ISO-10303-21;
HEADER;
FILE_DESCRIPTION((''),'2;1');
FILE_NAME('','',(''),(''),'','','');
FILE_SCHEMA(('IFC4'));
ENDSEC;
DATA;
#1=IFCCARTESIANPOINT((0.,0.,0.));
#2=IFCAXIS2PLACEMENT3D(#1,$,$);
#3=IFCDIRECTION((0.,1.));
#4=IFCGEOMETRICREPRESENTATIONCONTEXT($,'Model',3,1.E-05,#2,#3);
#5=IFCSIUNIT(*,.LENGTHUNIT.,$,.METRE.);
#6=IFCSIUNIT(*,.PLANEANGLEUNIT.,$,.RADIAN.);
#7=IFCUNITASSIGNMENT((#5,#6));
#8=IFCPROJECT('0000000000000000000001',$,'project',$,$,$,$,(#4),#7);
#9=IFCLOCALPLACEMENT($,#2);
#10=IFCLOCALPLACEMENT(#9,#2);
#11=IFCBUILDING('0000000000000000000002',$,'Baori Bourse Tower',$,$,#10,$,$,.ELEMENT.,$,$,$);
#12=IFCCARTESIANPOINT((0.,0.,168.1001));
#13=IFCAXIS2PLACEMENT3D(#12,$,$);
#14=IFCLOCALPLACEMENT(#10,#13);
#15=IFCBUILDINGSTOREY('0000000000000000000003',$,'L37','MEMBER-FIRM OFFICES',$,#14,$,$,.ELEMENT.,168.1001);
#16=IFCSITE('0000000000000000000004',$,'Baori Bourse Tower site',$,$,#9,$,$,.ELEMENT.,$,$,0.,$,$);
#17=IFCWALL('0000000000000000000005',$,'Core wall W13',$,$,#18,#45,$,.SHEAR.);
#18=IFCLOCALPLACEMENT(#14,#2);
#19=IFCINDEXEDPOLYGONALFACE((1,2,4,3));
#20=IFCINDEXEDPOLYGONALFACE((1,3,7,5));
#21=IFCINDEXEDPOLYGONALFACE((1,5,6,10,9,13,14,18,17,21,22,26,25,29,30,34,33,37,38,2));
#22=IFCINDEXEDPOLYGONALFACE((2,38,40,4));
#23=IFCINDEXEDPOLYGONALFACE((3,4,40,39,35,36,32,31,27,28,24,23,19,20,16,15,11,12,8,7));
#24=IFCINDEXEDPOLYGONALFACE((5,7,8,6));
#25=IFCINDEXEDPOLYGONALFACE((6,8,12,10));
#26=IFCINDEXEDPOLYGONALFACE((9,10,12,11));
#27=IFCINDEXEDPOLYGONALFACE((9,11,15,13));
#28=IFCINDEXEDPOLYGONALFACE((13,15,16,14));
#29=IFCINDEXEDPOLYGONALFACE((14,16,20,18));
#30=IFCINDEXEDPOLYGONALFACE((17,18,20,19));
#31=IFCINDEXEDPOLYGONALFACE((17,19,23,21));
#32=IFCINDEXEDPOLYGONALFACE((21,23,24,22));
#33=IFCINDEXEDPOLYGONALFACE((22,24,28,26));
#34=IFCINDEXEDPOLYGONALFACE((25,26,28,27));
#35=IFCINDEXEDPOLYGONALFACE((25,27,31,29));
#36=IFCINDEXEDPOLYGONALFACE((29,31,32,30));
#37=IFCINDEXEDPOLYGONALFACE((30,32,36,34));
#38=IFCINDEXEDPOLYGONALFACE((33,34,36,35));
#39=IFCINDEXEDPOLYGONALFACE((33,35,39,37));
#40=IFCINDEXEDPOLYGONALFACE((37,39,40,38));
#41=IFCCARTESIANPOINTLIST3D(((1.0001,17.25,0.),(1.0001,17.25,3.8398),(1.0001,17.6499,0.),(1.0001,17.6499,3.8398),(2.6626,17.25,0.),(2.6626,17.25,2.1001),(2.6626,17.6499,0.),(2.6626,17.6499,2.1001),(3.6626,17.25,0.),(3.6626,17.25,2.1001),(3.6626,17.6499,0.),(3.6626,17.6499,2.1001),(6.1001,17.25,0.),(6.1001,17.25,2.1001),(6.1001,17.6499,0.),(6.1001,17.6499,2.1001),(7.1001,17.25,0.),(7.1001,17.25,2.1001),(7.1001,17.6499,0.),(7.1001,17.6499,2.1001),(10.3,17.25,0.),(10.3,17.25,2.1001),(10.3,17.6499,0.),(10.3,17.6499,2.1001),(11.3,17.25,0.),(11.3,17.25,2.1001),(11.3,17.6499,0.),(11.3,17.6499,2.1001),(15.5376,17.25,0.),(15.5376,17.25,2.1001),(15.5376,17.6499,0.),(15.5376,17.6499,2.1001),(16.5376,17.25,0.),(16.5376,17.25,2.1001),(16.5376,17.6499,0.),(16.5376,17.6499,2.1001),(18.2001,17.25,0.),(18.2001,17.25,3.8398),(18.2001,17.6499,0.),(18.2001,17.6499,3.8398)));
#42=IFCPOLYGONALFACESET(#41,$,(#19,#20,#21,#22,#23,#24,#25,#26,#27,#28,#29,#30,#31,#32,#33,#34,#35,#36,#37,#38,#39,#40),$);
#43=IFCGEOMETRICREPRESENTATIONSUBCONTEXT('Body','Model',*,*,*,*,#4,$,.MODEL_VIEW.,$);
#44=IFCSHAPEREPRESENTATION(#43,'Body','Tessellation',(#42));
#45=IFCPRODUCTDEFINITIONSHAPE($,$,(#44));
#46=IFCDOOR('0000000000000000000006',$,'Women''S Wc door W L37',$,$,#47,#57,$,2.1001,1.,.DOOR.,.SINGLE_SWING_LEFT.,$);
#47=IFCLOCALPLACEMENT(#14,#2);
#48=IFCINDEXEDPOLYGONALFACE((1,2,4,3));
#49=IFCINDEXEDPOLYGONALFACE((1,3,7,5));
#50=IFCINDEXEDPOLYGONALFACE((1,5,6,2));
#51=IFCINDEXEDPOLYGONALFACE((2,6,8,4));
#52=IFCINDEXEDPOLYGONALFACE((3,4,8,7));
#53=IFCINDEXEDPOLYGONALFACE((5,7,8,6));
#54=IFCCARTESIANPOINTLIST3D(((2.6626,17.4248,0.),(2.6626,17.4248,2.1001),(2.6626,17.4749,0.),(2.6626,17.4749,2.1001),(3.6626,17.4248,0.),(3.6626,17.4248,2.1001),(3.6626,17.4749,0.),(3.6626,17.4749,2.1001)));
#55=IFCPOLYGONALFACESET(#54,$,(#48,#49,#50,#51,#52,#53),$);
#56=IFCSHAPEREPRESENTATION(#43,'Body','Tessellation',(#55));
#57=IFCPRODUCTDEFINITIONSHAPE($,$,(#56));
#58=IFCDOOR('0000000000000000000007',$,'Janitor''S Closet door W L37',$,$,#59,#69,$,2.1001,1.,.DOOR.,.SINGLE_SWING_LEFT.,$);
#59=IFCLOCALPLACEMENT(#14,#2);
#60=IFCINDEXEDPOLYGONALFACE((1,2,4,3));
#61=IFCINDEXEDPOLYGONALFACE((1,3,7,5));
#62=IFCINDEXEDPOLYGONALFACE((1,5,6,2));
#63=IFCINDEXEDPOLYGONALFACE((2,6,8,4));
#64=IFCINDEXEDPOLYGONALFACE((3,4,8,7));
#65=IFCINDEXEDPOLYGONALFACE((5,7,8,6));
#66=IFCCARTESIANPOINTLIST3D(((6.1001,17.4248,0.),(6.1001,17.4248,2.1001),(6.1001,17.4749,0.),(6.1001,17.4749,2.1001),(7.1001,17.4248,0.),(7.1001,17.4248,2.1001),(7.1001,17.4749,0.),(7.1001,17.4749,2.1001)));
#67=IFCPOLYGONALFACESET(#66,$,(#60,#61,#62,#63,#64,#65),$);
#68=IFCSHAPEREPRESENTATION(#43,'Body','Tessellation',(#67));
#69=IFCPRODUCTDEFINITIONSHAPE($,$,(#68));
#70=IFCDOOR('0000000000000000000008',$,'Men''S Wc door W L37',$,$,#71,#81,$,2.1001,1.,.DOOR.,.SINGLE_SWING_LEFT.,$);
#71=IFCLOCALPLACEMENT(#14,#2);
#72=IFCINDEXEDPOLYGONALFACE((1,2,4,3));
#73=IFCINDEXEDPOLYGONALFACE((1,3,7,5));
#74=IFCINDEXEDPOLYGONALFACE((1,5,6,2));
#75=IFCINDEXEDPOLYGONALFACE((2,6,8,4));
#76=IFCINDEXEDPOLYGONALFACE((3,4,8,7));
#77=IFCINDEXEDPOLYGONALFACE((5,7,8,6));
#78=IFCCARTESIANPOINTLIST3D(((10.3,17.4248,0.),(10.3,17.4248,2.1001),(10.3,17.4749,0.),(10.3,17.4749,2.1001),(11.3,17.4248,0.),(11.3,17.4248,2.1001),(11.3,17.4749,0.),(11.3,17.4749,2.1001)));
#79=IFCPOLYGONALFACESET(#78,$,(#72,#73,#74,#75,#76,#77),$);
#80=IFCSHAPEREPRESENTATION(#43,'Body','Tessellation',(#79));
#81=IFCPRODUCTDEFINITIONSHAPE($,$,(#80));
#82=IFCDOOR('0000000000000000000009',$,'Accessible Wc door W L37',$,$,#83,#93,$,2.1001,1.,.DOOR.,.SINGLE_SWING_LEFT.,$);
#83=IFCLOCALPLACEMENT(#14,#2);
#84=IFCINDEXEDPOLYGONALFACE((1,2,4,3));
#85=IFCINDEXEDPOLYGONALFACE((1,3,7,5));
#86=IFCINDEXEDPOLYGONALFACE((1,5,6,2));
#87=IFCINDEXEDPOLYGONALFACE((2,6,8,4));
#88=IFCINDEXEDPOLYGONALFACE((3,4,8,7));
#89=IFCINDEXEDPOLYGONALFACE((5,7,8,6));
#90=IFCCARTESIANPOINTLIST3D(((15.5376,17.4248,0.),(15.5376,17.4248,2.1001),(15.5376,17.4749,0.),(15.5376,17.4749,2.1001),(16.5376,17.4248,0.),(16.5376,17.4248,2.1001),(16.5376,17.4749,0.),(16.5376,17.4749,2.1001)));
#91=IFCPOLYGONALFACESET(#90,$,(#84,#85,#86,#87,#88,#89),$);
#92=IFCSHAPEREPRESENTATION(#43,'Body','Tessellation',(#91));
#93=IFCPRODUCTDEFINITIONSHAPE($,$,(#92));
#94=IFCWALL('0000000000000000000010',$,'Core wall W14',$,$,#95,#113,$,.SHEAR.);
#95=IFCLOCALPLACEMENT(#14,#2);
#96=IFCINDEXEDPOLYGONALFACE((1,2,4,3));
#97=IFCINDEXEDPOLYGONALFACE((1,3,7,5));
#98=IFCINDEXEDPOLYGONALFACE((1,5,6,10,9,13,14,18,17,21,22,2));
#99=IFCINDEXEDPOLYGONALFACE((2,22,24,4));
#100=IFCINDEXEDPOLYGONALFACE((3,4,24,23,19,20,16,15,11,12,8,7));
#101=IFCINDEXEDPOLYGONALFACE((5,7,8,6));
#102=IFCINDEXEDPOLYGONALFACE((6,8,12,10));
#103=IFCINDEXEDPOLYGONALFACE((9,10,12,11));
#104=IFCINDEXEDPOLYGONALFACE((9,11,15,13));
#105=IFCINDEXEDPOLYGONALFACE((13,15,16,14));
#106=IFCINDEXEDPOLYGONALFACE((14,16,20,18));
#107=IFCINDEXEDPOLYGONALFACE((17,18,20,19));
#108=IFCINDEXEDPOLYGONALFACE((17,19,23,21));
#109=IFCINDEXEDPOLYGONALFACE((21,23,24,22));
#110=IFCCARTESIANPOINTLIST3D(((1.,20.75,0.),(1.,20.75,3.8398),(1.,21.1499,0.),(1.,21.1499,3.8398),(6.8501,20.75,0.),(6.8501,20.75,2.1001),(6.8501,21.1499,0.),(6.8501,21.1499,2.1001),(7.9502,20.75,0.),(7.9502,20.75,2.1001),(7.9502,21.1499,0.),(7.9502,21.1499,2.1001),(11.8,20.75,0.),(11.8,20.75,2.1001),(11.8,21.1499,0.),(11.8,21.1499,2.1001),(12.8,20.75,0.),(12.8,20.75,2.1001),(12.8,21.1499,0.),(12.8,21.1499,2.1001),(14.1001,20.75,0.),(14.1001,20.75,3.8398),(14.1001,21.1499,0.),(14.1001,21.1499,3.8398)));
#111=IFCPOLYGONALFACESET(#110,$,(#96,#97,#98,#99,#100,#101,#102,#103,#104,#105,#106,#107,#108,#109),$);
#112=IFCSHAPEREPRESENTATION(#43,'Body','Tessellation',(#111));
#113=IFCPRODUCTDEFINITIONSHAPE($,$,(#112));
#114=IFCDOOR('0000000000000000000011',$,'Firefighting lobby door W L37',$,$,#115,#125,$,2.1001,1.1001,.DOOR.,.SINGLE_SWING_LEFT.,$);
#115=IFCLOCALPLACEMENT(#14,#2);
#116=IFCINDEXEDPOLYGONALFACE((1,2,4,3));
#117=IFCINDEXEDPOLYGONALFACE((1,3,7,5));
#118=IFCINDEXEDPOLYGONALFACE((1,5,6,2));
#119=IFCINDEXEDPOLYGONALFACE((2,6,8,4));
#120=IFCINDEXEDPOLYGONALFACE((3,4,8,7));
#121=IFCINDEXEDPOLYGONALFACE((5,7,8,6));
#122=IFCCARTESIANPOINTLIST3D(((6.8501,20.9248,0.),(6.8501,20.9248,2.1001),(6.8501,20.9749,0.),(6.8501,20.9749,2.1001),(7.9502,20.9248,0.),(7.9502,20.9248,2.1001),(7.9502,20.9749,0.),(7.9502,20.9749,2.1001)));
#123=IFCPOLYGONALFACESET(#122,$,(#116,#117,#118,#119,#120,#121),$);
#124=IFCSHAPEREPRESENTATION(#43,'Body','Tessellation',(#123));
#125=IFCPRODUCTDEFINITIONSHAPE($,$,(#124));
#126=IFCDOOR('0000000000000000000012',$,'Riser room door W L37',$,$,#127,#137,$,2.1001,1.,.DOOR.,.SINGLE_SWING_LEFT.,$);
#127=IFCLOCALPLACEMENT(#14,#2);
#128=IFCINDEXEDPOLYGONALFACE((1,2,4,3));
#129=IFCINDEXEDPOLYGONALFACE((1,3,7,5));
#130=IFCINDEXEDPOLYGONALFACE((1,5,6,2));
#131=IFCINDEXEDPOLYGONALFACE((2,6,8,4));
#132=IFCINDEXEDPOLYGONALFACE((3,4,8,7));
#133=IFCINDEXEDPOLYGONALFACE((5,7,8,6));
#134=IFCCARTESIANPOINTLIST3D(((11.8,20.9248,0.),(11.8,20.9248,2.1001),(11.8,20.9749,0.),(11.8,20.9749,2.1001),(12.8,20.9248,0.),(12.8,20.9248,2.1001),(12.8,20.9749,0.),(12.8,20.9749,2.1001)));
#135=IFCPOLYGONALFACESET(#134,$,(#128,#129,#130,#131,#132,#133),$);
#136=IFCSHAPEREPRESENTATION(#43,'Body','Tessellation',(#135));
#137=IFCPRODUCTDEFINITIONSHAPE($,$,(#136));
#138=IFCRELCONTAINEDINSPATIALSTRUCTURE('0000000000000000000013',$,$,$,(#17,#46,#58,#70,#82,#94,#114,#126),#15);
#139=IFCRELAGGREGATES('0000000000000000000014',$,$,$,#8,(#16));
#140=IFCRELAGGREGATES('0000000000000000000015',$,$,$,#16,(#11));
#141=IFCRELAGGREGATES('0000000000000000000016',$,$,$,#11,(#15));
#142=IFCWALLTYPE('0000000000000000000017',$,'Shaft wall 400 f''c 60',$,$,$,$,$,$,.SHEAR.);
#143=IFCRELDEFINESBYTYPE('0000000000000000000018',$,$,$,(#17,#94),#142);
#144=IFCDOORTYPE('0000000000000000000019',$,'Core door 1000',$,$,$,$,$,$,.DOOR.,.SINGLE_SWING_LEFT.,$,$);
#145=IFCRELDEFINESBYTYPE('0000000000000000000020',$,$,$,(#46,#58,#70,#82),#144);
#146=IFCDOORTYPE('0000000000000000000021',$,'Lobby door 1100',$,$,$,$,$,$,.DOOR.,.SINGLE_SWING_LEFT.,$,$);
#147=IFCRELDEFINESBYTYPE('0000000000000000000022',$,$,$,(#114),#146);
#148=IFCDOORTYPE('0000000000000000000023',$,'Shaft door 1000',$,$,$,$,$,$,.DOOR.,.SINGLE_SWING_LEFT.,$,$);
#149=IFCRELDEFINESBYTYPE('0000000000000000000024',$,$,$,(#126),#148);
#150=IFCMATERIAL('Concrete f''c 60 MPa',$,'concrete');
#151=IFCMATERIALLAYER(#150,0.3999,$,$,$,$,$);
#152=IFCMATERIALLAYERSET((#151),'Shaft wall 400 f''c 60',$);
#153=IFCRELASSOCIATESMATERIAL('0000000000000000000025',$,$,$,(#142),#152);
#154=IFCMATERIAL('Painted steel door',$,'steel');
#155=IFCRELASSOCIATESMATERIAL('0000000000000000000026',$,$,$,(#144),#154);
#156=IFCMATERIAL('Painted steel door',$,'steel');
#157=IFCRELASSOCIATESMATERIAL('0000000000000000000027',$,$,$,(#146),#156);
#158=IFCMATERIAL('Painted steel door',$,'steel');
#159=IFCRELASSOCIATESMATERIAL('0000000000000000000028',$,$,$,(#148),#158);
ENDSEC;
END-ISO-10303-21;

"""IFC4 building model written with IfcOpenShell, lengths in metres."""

from ifc_helpers import new_model, si_unit, direction, frame, frame_2d, origin, place, context, subcontext, project, spatial, rectangle, extrude, material, layer, layer_set, type_object, element, fill, save


model = new_model("IFC4")

# Units and contexts
model_context = context("Model", 3, precision=1e-05, world=origin(), true_north=direction((0.0, 1.0)))
body_context = subcontext(model_context, "Body", "Model", "MODEL_VIEW")
ifc_project = project(units=[si_unit("LENGTHUNIT", "METRE"), si_unit("PLANEANGLEUNIT", "RADIAN")], contexts=[model_context])

# Site, building, storey
site_placement = place(None, origin())
site = spatial("IfcSite", under=ifc_project, at=site_placement, Name="Baori Bourse Tower site", CompositionType="ELEMENT", RefElevation=0.0)
building_placement = place(site_placement, origin())
building = spatial("IfcBuilding", under=site, at=building_placement, Name="Baori Bourse Tower", CompositionType="ELEMENT")
storey_placement = place(building_placement, frame((0.0, 0.0, 168.1001)))
storey = spatial("IfcBuildingStorey", under=building, at=storey_placement, Name="L37", Description="MEMBER-FIRM OFFICES", CompositionType="ELEMENT", Elevation=168.1001)

# Shared definitions
ifc_material_1 = material(Name="Concrete f'c 60 MPa", Category="concrete")
ifc_layer_1 = layer(ifc_material_1, 0.3999)
ifc_layer_set_1 = layer_set([ifc_layer_1], Name="Shaft wall 400 f'c 60")
wall_type_1 = type_object("IfcWallType", Name="Shaft wall 400 f'c 60", PredefinedType="SHEAR", material=ifc_layer_set_1)

# Walls, openings, doors
wall_1_placement = place(storey_placement, frame((1.0, 17.45, 0.0), z_axis=(0.0, 0.0, 1.0), x_axis=(1.0, 0.0, 0.0)))
wall_1 = element("IfcWall", 1, at=wall_1_placement, inside=storey, type_object=wall_type_1, Name="Core wall W13", PredefinedType="SHEAR", context=body_context, shape_type="SweptSolid", body=[
    extrude(rectangle(XDim=17.2, YDim=0.3999, at=frame_2d((8.6001, 0.0))), origin(), (0.0, 0.0, 1.0), 3.8398),
])
opening_1_placement = place(wall_1_placement, frame((1.6626, 0.0, 0.0)))
opening_1 = element("IfcOpeningElement", 2, at=opening_1_placement, cuts=wall_1, PredefinedType="OPENING", context=body_context, shape_type="SweptSolid", body=[
    extrude(rectangle(XDim=1.0, YDim=2.1001, at=frame_2d((0.5, 1.05))), frame((0.0, 0.21, 0.0), z_axis=(0.0, -1.0, 0.0), x_axis=(1.0, 0.0, 0.0)), (0.0, 0.0, 1.0), 0.4199),
])
opening_2_placement = place(wall_1_placement, frame((5.1001, 0.0, 0.0)))
opening_2 = element("IfcOpeningElement", 3, at=opening_2_placement, cuts=wall_1, PredefinedType="OPENING", context=body_context, shape_type="SweptSolid", body=[
    extrude(rectangle(XDim=1.0, YDim=2.1001, at=frame_2d((0.5, 1.05))), frame((0.0, 0.21, 0.0), z_axis=(0.0, -1.0, 0.0), x_axis=(1.0, 0.0, 0.0)), (0.0, 0.0, 1.0), 0.4199),
])
opening_3_placement = place(wall_1_placement, frame((9.3, 0.0, 0.0)))
opening_3 = element("IfcOpeningElement", 4, at=opening_3_placement, cuts=wall_1, PredefinedType="OPENING", context=body_context, shape_type="SweptSolid", body=[
    extrude(rectangle(XDim=1.0, YDim=2.1001, at=frame_2d((0.5, 1.05))), frame((0.0, 0.21, 0.0), z_axis=(0.0, -1.0, 0.0), x_axis=(1.0, 0.0, 0.0)), (0.0, 0.0, 1.0), 0.4199),
])
opening_4_placement = place(wall_1_placement, frame((14.5376, 0.0, 0.0)))
opening_4 = element("IfcOpeningElement", 5, at=opening_4_placement, cuts=wall_1, PredefinedType="OPENING", context=body_context, shape_type="SweptSolid", body=[
    extrude(rectangle(XDim=1.0, YDim=2.1001, at=frame_2d((0.5, 1.05))), frame((0.0, 0.21, 0.0), z_axis=(0.0, -1.0, 0.0), x_axis=(1.0, 0.0, 0.0)), (0.0, 0.0, 1.0), 0.4199),
])
ifc_material_2 = material(Name="Painted steel door", Category="steel")
door_type_1 = type_object("IfcDoorType", Name="Core door 1000", OperationType="SINGLE_SWING_LEFT", PredefinedType="DOOR", material=ifc_material_2)
door_1_placement = place(opening_1_placement, origin())
door_1 = element("IfcDoor", 6, at=door_1_placement, inside=storey, type_object=door_type_1, Name="Women'S Wc door W L37", OperationType="SINGLE_SWING_LEFT", OverallHeight=2.1001, OverallWidth=1.0, PredefinedType="DOOR", context=body_context, shape_type="SweptSolid", body=[
    extrude(rectangle(XDim=1.0, YDim=2.1001, at=frame_2d((0.5, 1.05))), frame((0.0, 0.0249, 0.0), z_axis=(0.0, -1.0, 0.0), x_axis=(1.0, 0.0, 0.0)), (0.0, 0.0, 1.0), 0.05),
])
fill(opening_1, door_1)
door_2_placement = place(opening_2_placement, origin())
door_2 = element("IfcDoor", 7, at=door_2_placement, inside=storey, type_object=door_type_1, Name="Janitor'S Closet door W L37", OperationType="SINGLE_SWING_LEFT", OverallHeight=2.1001, OverallWidth=1.0, PredefinedType="DOOR", context=body_context, shape_type="SweptSolid", body=[
    extrude(rectangle(XDim=1.0, YDim=2.1001, at=frame_2d((0.5, 1.05))), frame((0.0, 0.0249, 0.0), z_axis=(0.0, -1.0, 0.0), x_axis=(1.0, 0.0, 0.0)), (0.0, 0.0, 1.0), 0.05),
])
fill(opening_2, door_2)
door_3_placement = place(opening_3_placement, origin())
door_3 = element("IfcDoor", 8, at=door_3_placement, inside=storey, type_object=door_type_1, Name="Men'S Wc door W L37", OperationType="SINGLE_SWING_LEFT", OverallHeight=2.1001, OverallWidth=1.0, PredefinedType="DOOR", context=body_context, shape_type="SweptSolid", body=[
    extrude(rectangle(XDim=1.0, YDim=2.1001, at=frame_2d((0.5, 1.05))), frame((0.0, 0.0249, 0.0), z_axis=(0.0, -1.0, 0.0), x_axis=(1.0, 0.0, 0.0)), (0.0, 0.0, 1.0), 0.05),
])
fill(opening_3, door_3)
door_4_placement = place(opening_4_placement, origin())
door_4 = element("IfcDoor", 9, at=door_4_placement, inside=storey, type_object=door_type_1, Name="Accessible Wc door W L37", OperationType="SINGLE_SWING_LEFT", OverallHeight=2.1001, OverallWidth=1.0, PredefinedType="DOOR", context=body_context, shape_type="SweptSolid", body=[
    extrude(rectangle(XDim=1.0, YDim=2.1001, at=frame_2d((0.5, 1.05))), frame((0.0, 0.0249, 0.0), z_axis=(0.0, -1.0, 0.0), x_axis=(1.0, 0.0, 0.0)), (0.0, 0.0, 1.0), 0.05),
])
fill(opening_4, door_4)
wall_2_placement = place(storey_placement, frame((1.0, 20.95, 0.0), z_axis=(0.0, 0.0, 1.0), x_axis=(1.0, 0.0, 0.0)))
wall_2 = element("IfcWall", 10, at=wall_2_placement, inside=storey, type_object=wall_type_1, Name="Core wall W14", PredefinedType="SHEAR", context=body_context, shape_type="SweptSolid", body=[
    extrude(rectangle(XDim=13.1001, YDim=0.3999, at=frame_2d((6.55, 0.0))), origin(), (0.0, 0.0, 1.0), 3.8398),
])
opening_5_placement = place(wall_2_placement, frame((5.8501, 0.0, 0.0)))
opening_5 = element("IfcOpeningElement", 11, at=opening_5_placement, cuts=wall_2, PredefinedType="OPENING", context=body_context, shape_type="SweptSolid", body=[
    extrude(rectangle(XDim=1.1001, YDim=2.1001, at=frame_2d((0.55, 1.05))), frame((0.0, 0.21, 0.0), z_axis=(0.0, -1.0, 0.0), x_axis=(1.0, 0.0, 0.0)), (0.0, 0.0, 1.0), 0.4199),
])
opening_6_placement = place(wall_2_placement, frame((10.8, 0.0, 0.0)))
opening_6 = element("IfcOpeningElement", 12, at=opening_6_placement, cuts=wall_2, PredefinedType="OPENING", context=body_context, shape_type="SweptSolid", body=[
    extrude(rectangle(XDim=1.0, YDim=2.1001, at=frame_2d((0.5, 1.05))), frame((0.0, 0.21, 0.0), z_axis=(0.0, -1.0, 0.0), x_axis=(1.0, 0.0, 0.0)), (0.0, 0.0, 1.0), 0.4199),
])
ifc_material_3 = material(Name="Painted steel door", Category="steel")
door_type_2 = type_object("IfcDoorType", Name="Lobby door 1100", OperationType="SINGLE_SWING_LEFT", PredefinedType="DOOR", material=ifc_material_3)
door_5_placement = place(opening_5_placement, origin())
door_5 = element("IfcDoor", 13, at=door_5_placement, inside=storey, type_object=door_type_2, Name="Firefighting lobby door W L37", OperationType="SINGLE_SWING_LEFT", OverallHeight=2.1001, OverallWidth=1.1001, PredefinedType="DOOR", context=body_context, shape_type="SweptSolid", body=[
    extrude(rectangle(XDim=1.1001, YDim=2.1001, at=frame_2d((0.55, 1.05))), frame((0.0, 0.0249, 0.0), z_axis=(0.0, -1.0, 0.0), x_axis=(1.0, 0.0, 0.0)), (0.0, 0.0, 1.0), 0.05),
])
fill(opening_5, door_5)
ifc_material_4 = material(Name="Painted steel door", Category="steel")
door_type_3 = type_object("IfcDoorType", Name="Shaft door 1000", OperationType="SINGLE_SWING_LEFT", PredefinedType="DOOR", material=ifc_material_4)
door_6_placement = place(opening_6_placement, origin())
door_6 = element("IfcDoor", 14, at=door_6_placement, inside=storey, type_object=door_type_3, Name="Riser room door W L37", OperationType="SINGLE_SWING_LEFT", OverallHeight=2.1001, OverallWidth=1.0, PredefinedType="DOOR", context=body_context, shape_type="SweptSolid", body=[
    extrude(rectangle(XDim=1.0, YDim=2.1001, at=frame_2d((0.5, 1.05))), frame((0.0, 0.0249, 0.0), z_axis=(0.0, -1.0, 0.0), x_axis=(1.0, 0.0, 0.0)), (0.0, 0.0, 1.0), 0.05),
])
fill(opening_6, door_6)

save(model, "model.ifc")
